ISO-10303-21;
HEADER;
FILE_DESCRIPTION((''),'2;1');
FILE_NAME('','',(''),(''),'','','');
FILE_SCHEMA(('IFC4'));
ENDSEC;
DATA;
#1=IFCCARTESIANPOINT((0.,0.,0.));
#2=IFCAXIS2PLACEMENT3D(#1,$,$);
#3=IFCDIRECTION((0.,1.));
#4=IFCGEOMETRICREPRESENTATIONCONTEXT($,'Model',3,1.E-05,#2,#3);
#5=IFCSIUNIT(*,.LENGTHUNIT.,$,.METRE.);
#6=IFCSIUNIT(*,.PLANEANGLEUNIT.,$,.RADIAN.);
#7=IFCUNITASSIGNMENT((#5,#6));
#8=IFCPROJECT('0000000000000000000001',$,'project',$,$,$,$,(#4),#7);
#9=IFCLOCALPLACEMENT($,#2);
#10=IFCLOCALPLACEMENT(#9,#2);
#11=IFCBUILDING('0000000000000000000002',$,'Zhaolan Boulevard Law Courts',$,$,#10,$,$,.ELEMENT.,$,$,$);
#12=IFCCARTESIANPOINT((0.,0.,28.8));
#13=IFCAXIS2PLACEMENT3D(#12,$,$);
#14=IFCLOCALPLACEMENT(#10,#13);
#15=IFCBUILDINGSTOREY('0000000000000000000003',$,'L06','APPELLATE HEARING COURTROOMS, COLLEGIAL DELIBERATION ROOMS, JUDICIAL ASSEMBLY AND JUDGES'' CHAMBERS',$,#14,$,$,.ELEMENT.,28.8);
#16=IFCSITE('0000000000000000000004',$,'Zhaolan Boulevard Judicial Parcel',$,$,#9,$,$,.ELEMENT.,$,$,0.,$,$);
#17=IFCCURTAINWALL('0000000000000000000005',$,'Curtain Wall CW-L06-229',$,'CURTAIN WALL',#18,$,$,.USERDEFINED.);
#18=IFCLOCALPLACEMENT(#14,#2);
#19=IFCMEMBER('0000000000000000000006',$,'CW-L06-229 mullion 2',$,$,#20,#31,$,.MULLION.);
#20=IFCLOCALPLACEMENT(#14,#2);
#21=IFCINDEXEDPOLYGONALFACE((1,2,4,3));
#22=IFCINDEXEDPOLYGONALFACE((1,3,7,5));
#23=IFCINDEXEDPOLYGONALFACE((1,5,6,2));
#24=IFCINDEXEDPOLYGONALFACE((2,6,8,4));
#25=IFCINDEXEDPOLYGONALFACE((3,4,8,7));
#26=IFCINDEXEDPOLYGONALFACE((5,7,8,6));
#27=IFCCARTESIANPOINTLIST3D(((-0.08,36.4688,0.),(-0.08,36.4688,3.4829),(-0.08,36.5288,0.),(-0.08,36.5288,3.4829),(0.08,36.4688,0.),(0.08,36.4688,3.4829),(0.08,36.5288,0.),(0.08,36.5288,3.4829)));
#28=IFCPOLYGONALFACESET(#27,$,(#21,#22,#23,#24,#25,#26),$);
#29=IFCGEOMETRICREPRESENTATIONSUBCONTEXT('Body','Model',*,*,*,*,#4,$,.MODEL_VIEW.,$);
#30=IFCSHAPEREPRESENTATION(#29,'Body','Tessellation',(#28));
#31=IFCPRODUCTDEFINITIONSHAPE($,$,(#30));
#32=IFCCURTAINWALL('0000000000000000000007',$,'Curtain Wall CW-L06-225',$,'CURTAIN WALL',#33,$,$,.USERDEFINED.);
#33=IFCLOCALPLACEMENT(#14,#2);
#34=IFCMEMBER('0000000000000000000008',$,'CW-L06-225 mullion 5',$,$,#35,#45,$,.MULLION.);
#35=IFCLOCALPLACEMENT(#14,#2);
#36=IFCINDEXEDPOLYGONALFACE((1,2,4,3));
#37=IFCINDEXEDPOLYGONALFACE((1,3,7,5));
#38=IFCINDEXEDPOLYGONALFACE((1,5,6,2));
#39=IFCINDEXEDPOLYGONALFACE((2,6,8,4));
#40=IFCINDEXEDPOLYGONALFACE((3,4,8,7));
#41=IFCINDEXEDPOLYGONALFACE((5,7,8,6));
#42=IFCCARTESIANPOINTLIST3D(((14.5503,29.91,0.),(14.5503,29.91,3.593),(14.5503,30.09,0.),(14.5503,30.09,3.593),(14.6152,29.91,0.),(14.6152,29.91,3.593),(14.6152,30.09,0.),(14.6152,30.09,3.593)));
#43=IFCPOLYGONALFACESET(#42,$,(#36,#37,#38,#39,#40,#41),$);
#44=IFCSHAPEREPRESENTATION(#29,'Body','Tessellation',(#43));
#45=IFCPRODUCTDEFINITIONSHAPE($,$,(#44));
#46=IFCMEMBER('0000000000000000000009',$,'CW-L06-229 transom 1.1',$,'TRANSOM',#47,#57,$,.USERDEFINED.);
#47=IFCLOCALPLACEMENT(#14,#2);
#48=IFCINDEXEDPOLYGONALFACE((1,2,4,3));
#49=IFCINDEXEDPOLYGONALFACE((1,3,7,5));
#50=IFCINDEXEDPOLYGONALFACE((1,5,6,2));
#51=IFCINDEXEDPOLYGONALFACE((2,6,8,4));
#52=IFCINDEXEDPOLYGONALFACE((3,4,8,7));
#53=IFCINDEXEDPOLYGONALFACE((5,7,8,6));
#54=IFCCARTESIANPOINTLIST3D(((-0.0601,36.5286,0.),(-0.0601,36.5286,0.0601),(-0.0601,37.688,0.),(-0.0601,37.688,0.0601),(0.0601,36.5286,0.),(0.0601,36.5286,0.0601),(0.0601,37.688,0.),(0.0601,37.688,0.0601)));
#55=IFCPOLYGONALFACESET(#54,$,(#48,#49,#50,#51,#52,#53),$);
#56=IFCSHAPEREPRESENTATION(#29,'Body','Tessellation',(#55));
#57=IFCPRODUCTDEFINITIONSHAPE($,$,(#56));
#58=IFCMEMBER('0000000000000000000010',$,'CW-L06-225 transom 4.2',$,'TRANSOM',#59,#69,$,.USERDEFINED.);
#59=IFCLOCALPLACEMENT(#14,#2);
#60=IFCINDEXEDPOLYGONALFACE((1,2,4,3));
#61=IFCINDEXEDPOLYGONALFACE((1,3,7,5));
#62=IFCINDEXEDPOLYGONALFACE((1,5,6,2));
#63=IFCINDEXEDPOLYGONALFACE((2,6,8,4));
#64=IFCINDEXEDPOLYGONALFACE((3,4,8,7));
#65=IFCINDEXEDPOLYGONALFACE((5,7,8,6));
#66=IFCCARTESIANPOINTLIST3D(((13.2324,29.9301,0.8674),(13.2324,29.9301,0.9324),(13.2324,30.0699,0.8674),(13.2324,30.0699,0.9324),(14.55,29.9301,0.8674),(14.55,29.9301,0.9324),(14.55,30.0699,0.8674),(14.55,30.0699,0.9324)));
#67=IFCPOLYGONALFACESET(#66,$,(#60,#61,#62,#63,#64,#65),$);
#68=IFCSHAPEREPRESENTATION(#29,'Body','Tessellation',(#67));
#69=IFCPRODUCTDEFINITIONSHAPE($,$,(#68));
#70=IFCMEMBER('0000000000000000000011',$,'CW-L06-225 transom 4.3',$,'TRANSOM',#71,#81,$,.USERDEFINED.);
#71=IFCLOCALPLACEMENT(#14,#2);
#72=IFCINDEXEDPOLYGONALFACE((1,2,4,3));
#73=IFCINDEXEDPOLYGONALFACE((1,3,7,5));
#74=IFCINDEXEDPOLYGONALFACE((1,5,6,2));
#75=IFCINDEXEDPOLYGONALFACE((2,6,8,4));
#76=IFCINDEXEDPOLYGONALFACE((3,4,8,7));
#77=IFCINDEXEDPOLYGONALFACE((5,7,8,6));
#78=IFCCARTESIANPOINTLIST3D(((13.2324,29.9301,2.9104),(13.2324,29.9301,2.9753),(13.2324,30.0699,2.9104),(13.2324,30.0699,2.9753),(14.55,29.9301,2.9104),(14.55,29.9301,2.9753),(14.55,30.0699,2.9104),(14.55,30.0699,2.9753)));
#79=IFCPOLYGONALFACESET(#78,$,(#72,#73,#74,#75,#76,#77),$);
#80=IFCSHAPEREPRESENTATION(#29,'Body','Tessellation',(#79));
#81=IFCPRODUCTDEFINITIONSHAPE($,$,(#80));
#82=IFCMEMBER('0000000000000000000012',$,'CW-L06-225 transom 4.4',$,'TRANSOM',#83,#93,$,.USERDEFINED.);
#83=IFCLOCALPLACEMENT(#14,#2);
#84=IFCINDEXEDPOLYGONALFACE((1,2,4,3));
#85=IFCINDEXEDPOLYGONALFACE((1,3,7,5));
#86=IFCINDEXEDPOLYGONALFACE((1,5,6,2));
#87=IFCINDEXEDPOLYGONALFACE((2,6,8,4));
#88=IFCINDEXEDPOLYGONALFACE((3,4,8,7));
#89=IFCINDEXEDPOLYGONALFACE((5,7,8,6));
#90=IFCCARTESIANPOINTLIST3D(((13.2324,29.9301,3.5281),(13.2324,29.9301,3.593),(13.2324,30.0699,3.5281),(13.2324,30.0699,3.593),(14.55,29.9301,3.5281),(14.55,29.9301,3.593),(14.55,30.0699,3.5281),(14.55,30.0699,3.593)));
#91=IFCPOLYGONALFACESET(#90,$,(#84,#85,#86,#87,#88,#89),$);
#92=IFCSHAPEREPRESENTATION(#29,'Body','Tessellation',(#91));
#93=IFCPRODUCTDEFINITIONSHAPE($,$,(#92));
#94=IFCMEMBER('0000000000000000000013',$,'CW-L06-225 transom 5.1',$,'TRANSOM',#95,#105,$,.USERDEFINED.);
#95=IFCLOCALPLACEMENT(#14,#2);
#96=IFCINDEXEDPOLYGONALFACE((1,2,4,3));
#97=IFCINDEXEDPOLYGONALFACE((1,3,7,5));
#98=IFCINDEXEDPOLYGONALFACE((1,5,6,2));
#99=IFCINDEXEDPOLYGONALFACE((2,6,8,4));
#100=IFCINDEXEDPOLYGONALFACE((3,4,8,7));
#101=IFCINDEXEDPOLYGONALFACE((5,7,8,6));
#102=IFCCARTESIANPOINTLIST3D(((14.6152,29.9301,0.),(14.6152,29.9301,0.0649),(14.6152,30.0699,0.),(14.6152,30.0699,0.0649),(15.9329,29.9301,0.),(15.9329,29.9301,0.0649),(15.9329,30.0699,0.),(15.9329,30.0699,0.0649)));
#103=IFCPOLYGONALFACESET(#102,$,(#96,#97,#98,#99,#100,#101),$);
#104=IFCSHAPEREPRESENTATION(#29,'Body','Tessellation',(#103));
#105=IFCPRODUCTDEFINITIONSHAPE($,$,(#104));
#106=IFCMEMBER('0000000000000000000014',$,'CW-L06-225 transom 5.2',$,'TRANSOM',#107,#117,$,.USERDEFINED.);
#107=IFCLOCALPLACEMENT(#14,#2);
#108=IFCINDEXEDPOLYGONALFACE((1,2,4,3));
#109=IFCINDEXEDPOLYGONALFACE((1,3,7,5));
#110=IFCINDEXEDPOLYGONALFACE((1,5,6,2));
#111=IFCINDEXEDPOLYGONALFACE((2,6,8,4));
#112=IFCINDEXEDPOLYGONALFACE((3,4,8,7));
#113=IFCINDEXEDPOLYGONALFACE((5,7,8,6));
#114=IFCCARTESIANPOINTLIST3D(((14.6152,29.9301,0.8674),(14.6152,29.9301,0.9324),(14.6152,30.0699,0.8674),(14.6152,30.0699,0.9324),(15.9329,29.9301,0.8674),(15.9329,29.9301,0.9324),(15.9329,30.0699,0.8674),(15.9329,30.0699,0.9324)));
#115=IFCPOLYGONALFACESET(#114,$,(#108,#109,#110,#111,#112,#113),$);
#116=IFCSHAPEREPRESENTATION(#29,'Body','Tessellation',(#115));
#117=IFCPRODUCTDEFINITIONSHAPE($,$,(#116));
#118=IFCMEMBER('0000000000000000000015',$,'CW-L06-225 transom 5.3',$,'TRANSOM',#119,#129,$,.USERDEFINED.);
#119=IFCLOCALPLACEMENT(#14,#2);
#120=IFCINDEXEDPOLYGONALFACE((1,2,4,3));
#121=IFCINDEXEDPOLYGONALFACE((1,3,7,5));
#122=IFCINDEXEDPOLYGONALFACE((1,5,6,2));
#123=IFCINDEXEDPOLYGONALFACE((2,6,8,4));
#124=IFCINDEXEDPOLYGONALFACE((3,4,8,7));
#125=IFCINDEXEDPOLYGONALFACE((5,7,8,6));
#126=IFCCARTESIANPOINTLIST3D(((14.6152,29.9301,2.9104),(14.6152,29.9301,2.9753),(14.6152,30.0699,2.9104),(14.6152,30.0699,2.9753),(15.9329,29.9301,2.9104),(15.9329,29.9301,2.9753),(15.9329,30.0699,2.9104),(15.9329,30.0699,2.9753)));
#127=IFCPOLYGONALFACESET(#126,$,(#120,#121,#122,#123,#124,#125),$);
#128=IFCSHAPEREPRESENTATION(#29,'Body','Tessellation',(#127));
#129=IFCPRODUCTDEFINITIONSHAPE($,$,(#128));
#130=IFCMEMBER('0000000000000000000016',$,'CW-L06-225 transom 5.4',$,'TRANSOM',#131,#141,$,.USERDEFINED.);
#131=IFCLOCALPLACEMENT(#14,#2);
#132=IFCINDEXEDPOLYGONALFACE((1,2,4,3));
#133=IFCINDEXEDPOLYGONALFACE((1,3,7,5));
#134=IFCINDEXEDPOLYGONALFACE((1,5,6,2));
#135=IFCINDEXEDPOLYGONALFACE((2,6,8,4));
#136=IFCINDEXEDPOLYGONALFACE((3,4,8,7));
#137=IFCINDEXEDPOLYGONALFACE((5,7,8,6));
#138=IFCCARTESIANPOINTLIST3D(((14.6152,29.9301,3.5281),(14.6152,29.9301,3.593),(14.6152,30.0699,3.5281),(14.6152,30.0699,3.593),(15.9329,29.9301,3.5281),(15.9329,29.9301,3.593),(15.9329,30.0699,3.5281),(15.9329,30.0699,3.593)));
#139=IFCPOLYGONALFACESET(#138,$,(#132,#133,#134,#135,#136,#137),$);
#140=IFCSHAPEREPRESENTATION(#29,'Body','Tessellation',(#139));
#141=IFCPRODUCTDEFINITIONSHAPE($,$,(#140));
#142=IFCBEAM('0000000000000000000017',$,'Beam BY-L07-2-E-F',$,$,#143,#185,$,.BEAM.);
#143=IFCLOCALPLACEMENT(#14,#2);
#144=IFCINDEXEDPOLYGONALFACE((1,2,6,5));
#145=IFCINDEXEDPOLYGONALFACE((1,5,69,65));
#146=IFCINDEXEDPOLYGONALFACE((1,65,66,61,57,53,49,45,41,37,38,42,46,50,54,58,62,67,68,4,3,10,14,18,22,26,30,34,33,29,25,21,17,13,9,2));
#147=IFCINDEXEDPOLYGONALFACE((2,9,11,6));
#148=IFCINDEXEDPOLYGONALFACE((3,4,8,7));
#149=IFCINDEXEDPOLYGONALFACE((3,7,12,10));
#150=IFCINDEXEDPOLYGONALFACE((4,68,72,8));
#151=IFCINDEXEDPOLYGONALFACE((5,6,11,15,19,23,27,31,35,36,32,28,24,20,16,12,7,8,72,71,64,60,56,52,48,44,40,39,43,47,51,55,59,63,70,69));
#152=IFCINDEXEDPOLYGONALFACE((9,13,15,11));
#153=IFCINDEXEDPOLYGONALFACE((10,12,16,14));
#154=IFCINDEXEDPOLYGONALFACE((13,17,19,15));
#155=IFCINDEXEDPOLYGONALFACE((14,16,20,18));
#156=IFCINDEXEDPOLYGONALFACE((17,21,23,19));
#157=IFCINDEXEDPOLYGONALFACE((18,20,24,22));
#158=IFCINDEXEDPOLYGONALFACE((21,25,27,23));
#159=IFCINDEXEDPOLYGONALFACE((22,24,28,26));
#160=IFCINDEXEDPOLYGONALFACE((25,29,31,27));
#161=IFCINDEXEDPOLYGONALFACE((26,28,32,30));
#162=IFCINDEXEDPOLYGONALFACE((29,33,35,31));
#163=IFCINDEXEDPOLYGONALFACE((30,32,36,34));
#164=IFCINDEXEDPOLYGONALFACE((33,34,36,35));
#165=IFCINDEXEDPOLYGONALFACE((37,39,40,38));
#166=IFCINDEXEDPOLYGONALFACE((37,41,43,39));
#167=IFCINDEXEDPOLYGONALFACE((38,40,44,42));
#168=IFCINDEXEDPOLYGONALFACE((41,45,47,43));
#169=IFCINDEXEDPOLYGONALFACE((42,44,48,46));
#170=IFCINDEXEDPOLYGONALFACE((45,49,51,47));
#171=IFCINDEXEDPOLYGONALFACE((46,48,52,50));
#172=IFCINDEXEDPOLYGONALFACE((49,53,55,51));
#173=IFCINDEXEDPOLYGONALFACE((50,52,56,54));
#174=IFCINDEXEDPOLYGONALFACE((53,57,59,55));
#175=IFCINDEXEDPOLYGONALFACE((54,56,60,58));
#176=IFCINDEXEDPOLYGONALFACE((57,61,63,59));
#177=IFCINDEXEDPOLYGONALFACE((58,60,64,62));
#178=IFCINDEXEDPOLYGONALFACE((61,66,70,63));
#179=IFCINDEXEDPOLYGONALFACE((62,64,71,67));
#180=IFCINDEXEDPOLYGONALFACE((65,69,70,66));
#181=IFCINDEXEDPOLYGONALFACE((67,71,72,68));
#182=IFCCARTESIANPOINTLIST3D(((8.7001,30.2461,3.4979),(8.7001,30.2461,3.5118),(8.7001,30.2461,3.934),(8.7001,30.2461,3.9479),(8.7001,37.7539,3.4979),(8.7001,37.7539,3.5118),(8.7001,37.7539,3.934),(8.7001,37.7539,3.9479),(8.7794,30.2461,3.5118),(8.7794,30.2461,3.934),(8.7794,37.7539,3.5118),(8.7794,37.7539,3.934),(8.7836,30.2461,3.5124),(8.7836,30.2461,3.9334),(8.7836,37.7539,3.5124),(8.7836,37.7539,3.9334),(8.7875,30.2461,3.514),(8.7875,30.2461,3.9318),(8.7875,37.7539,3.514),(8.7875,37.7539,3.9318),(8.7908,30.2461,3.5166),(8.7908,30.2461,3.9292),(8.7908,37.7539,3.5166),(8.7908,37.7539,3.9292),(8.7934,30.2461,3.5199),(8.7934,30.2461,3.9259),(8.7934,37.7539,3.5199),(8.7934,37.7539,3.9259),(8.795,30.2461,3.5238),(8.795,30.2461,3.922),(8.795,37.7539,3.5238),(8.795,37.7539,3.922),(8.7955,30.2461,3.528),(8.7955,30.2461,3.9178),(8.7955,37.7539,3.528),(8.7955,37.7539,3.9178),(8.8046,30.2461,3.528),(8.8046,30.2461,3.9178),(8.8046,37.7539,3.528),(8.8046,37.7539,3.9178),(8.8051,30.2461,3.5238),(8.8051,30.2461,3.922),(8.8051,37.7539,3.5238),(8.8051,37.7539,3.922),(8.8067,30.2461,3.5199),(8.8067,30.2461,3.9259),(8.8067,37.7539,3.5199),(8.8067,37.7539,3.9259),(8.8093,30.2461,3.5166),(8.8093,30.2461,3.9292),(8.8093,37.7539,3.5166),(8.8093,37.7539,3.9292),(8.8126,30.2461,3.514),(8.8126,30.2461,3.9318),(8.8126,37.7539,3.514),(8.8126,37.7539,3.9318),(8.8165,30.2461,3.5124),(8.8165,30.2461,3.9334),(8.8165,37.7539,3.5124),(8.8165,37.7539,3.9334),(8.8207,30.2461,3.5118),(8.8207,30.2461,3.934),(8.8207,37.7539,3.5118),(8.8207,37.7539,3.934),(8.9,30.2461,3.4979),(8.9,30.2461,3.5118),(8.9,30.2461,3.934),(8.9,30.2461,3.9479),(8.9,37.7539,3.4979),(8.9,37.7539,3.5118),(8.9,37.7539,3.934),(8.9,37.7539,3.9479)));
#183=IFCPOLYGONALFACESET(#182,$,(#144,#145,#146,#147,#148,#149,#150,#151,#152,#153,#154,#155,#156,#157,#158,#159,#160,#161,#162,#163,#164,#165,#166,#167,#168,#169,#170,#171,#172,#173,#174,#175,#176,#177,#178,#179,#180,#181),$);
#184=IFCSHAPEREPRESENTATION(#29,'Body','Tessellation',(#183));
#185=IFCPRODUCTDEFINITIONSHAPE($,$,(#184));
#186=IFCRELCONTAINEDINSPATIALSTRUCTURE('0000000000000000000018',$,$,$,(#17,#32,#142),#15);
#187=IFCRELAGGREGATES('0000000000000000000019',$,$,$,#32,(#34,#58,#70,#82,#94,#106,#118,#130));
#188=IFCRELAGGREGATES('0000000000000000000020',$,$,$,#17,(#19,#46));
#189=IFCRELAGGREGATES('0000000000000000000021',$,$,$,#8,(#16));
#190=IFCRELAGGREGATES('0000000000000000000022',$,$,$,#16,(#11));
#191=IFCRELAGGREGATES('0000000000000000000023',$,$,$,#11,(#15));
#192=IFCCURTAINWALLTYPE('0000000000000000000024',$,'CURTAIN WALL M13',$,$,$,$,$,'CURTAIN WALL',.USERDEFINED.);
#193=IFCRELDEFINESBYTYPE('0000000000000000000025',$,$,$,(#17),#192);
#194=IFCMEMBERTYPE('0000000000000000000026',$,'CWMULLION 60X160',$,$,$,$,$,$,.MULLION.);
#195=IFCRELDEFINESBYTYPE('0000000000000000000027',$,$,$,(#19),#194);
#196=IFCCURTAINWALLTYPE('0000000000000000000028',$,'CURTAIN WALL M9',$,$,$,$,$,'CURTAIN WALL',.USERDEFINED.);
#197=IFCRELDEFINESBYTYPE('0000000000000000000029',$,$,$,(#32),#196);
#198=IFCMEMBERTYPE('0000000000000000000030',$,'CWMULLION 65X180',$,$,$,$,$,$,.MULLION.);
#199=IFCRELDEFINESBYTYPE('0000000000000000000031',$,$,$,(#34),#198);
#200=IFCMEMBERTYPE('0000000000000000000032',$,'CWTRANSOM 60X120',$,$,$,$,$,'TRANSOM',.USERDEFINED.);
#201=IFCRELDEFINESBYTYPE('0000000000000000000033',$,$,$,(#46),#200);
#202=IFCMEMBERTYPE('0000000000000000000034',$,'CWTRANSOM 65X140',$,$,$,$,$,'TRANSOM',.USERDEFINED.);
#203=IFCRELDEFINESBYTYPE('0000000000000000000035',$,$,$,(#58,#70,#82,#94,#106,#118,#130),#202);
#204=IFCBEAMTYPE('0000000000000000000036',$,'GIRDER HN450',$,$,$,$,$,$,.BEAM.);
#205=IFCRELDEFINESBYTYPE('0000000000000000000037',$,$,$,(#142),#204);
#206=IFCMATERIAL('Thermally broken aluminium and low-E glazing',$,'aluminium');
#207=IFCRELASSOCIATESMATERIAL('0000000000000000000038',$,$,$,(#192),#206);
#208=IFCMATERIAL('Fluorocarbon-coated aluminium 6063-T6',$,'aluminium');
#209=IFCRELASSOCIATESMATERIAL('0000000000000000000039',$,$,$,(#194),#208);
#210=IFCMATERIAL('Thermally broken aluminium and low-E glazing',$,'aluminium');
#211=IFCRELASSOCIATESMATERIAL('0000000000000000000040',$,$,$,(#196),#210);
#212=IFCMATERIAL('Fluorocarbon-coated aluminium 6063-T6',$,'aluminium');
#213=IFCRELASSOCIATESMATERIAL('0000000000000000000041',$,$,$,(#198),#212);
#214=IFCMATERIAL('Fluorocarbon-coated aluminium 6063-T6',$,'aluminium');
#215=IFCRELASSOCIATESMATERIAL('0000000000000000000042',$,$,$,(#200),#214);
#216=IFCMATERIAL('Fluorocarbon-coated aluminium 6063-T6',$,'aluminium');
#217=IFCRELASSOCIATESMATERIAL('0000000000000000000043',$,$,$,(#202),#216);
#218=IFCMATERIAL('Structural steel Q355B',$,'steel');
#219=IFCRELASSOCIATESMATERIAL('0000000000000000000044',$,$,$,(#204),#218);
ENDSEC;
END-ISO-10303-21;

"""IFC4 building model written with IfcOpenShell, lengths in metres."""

from ifc_helpers import new_model, si_unit, direction, frame, origin, origin_2d, place, context, subcontext, project, spatial, rectangle, i_section, extrude, material, material_profile, profile_set, type_object, element, aggregate, save


model = new_model("IFC4")

# Units and contexts
model_context = context("Model", 3, precision=1e-05, world=origin(), true_north=direction((0.0, 1.0)))
body_context = subcontext(model_context, "Body", "Model", "MODEL_VIEW")
ifc_project = project(units=[si_unit("LENGTHUNIT", "METRE"), si_unit("PLANEANGLEUNIT", "RADIAN")], contexts=[model_context])

# Site, building, storey
site_placement = place(None, origin())
site = spatial("IfcSite", under=ifc_project, at=site_placement, Name="Zhaolan Boulevard Judicial Parcel", CompositionType="ELEMENT", RefElevation=0.0)
building_placement = place(site_placement, origin())
building = spatial("IfcBuilding", under=site, at=building_placement, Name="Zhaolan Boulevard Law Courts", CompositionType="ELEMENT")
storey_placement = place(building_placement, frame((0.0, 0.0, 28.8)))
storey = spatial("IfcBuildingStorey", under=building, at=storey_placement, Name="L06", Description="APPELLATE HEARING COURTROOMS, COLLEGIAL DELIBERATION ROOMS, JUDICIAL ASSEMBLY AND JUDGES' CHAMBERS", CompositionType="ELEMENT", Elevation=28.8)

# Curtain walls, members
ifc_material_1 = material(Name="Thermally broken aluminium and low-E glazing", Category="aluminium")
curtain_wall_type_1 = type_object("IfcCurtainWallType", Name="CURTAIN WALL M13", ElementType="CURTAIN WALL", PredefinedType="USERDEFINED", material=ifc_material_1)
curtain_wall_1_placement = place(storey_placement, origin())
curtain_wall_1 = element("IfcCurtainWall", 1, at=curtain_wall_1_placement, inside=storey, type_object=curtain_wall_type_1, Name="Curtain Wall CW-L06-229", ObjectType="CURTAIN WALL", PredefinedType="USERDEFINED")
ifc_material_2 = material(Name="Fluorocarbon-coated aluminium 6063-T6", Category="aluminium")
ifc_material_profile_1 = material_profile(ifc_material_2, rectangle(XDim=0.1599, YDim=0.0601, at=origin_2d()), Name="AL60x160")
ifc_profile_set_1 = profile_set([ifc_material_profile_1], Name="Fluorocarbon-coated aluminium 6063-T6")
member_type_1 = type_object("IfcMemberType", Name="CWMULLION 60X160", PredefinedType="MULLION", material=ifc_profile_set_1)
member_1_placement = place(storey_placement, frame((0.0, 36.4988, 0.0), z_axis=(0.0, 0.0, 1.0), x_axis=(1.0, 0.0, 0.0)))
member_1 = element("IfcMember", 2, at=member_1_placement, type_object=member_type_1, Name="CW-L06-229 mullion 2", PredefinedType="MULLION", context=body_context, shape_type="SweptSolid", body=[
    extrude(rectangle(XDim=0.1599, YDim=0.0601, at=origin_2d()), origin(), (0.0, 0.0, 1.0), 3.4829),
])
ifc_material_3 = material(Name="Thermally broken aluminium and low-E glazing", Category="aluminium")
curtain_wall_type_2 = type_object("IfcCurtainWallType", Name="CURTAIN WALL M9", ElementType="CURTAIN WALL", PredefinedType="USERDEFINED", material=ifc_material_3)
curtain_wall_2_placement = place(storey_placement, origin())
curtain_wall_2 = element("IfcCurtainWall", 3, at=curtain_wall_2_placement, inside=storey, type_object=curtain_wall_type_2, Name="Curtain Wall CW-L06-225", ObjectType="CURTAIN WALL", PredefinedType="USERDEFINED")
ifc_material_4 = material(Name="Fluorocarbon-coated aluminium 6063-T6", Category="aluminium")
ifc_material_profile_2 = material_profile(ifc_material_4, rectangle(XDim=0.1799, YDim=0.0649, at=origin_2d()), Name="AL65x180")
ifc_profile_set_2 = profile_set([ifc_material_profile_2], Name="Fluorocarbon-coated aluminium 6063-T6")
member_type_2 = type_object("IfcMemberType", Name="CWMULLION 65X180", PredefinedType="MULLION", material=ifc_profile_set_2)
member_2_placement = place(storey_placement, frame((14.5828, 30.0, 0.0), z_axis=(0.0, 0.0, 1.0), x_axis=(0.0, 1.0, 0.0)))
member_2 = element("IfcMember", 4, at=member_2_placement, type_object=member_type_2, Name="CW-L06-225 mullion 5", PredefinedType="MULLION", context=body_context, shape_type="SweptSolid", body=[
    extrude(rectangle(XDim=0.1799, YDim=0.0649, at=origin_2d()), origin(), (0.0, 0.0, 1.0), 3.593),
])

# Members
ifc_material_5 = material(Name="Fluorocarbon-coated aluminium 6063-T6", Category="aluminium")
ifc_material_profile_3 = material_profile(ifc_material_5, rectangle(XDim=0.1201, YDim=0.0601, at=origin_2d()), Name="AL60x120")
ifc_profile_set_3 = profile_set([ifc_material_profile_3], Name="Fluorocarbon-coated aluminium 6063-T6")
member_type_3 = type_object("IfcMemberType", Name="CWTRANSOM 60X120", ElementType="TRANSOM", PredefinedType="USERDEFINED", material=ifc_profile_set_3)
member_3_placement = place(storey_placement, frame((0.0, 37.688, 0.03), z_axis=(0.0, -1.0, 0.0), x_axis=(1.0, 0.0, 0.0)))
member_3 = element("IfcMember", 5, at=member_3_placement, type_object=member_type_3, Name="CW-L06-229 transom 1.1", ObjectType="TRANSOM", PredefinedType="USERDEFINED", context=body_context, shape_type="SweptSolid", body=[
    extrude(rectangle(XDim=0.1201, YDim=0.0601, at=origin_2d()), origin(), (0.0, 0.0, 1.0), 1.1594),
])
ifc_material_6 = material(Name="Fluorocarbon-coated aluminium 6063-T6", Category="aluminium")
ifc_material_profile_4 = material_profile(ifc_material_6, rectangle(XDim=0.1399, YDim=0.0649, at=origin_2d()), Name="AL65x140")
ifc_profile_set_4 = profile_set([ifc_material_profile_4], Name="Fluorocarbon-coated aluminium 6063-T6")
member_type_4 = type_object("IfcMemberType", Name="CWTRANSOM 65X140", ElementType="TRANSOM", PredefinedType="USERDEFINED", material=ifc_profile_set_4)
member_4_placement = place(storey_placement, frame((13.2324, 30.0, 0.8999), z_axis=(1.0, 0.0, 0.0), x_axis=(0.0, 1.0, 0.0)))
member_4 = element("IfcMember", 6, at=member_4_placement, type_object=member_type_4, Name="CW-L06-225 transom 4.2", ObjectType="TRANSOM", PredefinedType="USERDEFINED", context=body_context, shape_type="SweptSolid", body=[
    extrude(rectangle(XDim=0.1399, YDim=0.0649, at=origin_2d()), origin(), (0.0, 0.0, 1.0), 1.3176),
])
member_5_placement = place(storey_placement, frame((13.2324, 30.0, 2.9429), z_axis=(1.0, 0.0, 0.0), x_axis=(0.0, 1.0, 0.0)))
member_5 = element("IfcMember", 7, at=member_5_placement, type_object=member_type_4, Name="CW-L06-225 transom 4.3", ObjectType="TRANSOM", PredefinedType="USERDEFINED", context=body_context, shape_type="SweptSolid", body=[
    extrude(rectangle(XDim=0.1399, YDim=0.0649, at=origin_2d()), origin(), (0.0, 0.0, 1.0), 1.3176),
])
member_6_placement = place(storey_placement, frame((13.2324, 30.0, 3.5605), z_axis=(1.0, 0.0, 0.0), x_axis=(0.0, 1.0, 0.0)))
member_6 = element("IfcMember", 8, at=member_6_placement, type_object=member_type_4, Name="CW-L06-225 transom 4.4", ObjectType="TRANSOM", PredefinedType="USERDEFINED", context=body_context, shape_type="SweptSolid", body=[
    extrude(rectangle(XDim=0.1399, YDim=0.0649, at=origin_2d()), origin(), (0.0, 0.0, 1.0), 1.3176),
])
member_7_placement = place(storey_placement, frame((14.6152, 30.0, 0.0325), z_axis=(1.0, 0.0, 0.0), x_axis=(0.0, 1.0, 0.0)))
member_7 = element("IfcMember", 9, at=member_7_placement, type_object=member_type_4, Name="CW-L06-225 transom 5.1", ObjectType="TRANSOM", PredefinedType="USERDEFINED", context=body_context, shape_type="SweptSolid", body=[
    extrude(rectangle(XDim=0.1399, YDim=0.0649, at=origin_2d()), origin(), (0.0, 0.0, 1.0), 1.3176),
])
member_8_placement = place(storey_placement, frame((14.6152, 30.0, 0.8999), z_axis=(1.0, 0.0, 0.0), x_axis=(0.0, 1.0, 0.0)))
member_8 = element("IfcMember", 10, at=member_8_placement, type_object=member_type_4, Name="CW-L06-225 transom 5.2", ObjectType="TRANSOM", PredefinedType="USERDEFINED", context=body_context, shape_type="SweptSolid", body=[
    extrude(rectangle(XDim=0.1399, YDim=0.0649, at=origin_2d()), origin(), (0.0, 0.0, 1.0), 1.3176),
])
member_9_placement = place(storey_placement, frame((14.6152, 30.0, 2.9429), z_axis=(1.0, 0.0, 0.0), x_axis=(0.0, 1.0, 0.0)))
member_9 = element("IfcMember", 11, at=member_9_placement, type_object=member_type_4, Name="CW-L06-225 transom 5.3", ObjectType="TRANSOM", PredefinedType="USERDEFINED", context=body_context, shape_type="SweptSolid", body=[
    extrude(rectangle(XDim=0.1399, YDim=0.0649, at=origin_2d()), origin(), (0.0, 0.0, 1.0), 1.3176),
])
member_10_placement = place(storey_placement, frame((14.6152, 30.0, 3.5605), z_axis=(1.0, 0.0, 0.0), x_axis=(0.0, 1.0, 0.0)))
member_10 = element("IfcMember", 12, at=member_10_placement, type_object=member_type_4, Name="CW-L06-225 transom 5.4", ObjectType="TRANSOM", PredefinedType="USERDEFINED", context=body_context, shape_type="SweptSolid", body=[
    extrude(rectangle(XDim=0.1399, YDim=0.0649, at=origin_2d()), origin(), (0.0, 0.0, 1.0), 1.3176),
])

# Beam
ifc_material_7 = material(Name="Structural steel Q355B", Category="steel")
ifc_material_profile_5 = material_profile(ifc_material_7, i_section(OverallWidth=0.2, OverallDepth=0.45, WebThickness=0.009, FlangeThickness=0.0139, FilletRadius=0.0161, at=origin_2d()), Name="HN450x200")
ifc_profile_set_5 = profile_set([ifc_material_profile_5], Name="Structural steel Q355B")
beam_type_1 = type_object("IfcBeamType", Name="GIRDER HN450", PredefinedType="BEAM", material=ifc_profile_set_5)
beam_1_placement = place(storey_placement, frame((8.8, 30.2461, 3.7229), z_axis=(0.0, 1.0, 0.0), x_axis=(-1.0, 0.0, 0.0)))
element("IfcBeam", 13, at=beam_1_placement, inside=storey, type_object=beam_type_1, Name="Beam BY-L07-2-E-F", PredefinedType="BEAM", context=body_context, shape_type="SweptSolid", body=[
    extrude(i_section(OverallWidth=0.2, OverallDepth=0.45, WebThickness=0.009, FlangeThickness=0.0139, FilletRadius=0.0161, at=origin_2d()), origin(), (0.0, 0.0, 1.0), 7.5078),
])

aggregate(curtain_wall_2, [member_2, member_4, member_5, member_6, member_7, member_8, member_9, member_10])
aggregate(curtain_wall_1, [member_1, member_3])

save(model, "model.ifc")
